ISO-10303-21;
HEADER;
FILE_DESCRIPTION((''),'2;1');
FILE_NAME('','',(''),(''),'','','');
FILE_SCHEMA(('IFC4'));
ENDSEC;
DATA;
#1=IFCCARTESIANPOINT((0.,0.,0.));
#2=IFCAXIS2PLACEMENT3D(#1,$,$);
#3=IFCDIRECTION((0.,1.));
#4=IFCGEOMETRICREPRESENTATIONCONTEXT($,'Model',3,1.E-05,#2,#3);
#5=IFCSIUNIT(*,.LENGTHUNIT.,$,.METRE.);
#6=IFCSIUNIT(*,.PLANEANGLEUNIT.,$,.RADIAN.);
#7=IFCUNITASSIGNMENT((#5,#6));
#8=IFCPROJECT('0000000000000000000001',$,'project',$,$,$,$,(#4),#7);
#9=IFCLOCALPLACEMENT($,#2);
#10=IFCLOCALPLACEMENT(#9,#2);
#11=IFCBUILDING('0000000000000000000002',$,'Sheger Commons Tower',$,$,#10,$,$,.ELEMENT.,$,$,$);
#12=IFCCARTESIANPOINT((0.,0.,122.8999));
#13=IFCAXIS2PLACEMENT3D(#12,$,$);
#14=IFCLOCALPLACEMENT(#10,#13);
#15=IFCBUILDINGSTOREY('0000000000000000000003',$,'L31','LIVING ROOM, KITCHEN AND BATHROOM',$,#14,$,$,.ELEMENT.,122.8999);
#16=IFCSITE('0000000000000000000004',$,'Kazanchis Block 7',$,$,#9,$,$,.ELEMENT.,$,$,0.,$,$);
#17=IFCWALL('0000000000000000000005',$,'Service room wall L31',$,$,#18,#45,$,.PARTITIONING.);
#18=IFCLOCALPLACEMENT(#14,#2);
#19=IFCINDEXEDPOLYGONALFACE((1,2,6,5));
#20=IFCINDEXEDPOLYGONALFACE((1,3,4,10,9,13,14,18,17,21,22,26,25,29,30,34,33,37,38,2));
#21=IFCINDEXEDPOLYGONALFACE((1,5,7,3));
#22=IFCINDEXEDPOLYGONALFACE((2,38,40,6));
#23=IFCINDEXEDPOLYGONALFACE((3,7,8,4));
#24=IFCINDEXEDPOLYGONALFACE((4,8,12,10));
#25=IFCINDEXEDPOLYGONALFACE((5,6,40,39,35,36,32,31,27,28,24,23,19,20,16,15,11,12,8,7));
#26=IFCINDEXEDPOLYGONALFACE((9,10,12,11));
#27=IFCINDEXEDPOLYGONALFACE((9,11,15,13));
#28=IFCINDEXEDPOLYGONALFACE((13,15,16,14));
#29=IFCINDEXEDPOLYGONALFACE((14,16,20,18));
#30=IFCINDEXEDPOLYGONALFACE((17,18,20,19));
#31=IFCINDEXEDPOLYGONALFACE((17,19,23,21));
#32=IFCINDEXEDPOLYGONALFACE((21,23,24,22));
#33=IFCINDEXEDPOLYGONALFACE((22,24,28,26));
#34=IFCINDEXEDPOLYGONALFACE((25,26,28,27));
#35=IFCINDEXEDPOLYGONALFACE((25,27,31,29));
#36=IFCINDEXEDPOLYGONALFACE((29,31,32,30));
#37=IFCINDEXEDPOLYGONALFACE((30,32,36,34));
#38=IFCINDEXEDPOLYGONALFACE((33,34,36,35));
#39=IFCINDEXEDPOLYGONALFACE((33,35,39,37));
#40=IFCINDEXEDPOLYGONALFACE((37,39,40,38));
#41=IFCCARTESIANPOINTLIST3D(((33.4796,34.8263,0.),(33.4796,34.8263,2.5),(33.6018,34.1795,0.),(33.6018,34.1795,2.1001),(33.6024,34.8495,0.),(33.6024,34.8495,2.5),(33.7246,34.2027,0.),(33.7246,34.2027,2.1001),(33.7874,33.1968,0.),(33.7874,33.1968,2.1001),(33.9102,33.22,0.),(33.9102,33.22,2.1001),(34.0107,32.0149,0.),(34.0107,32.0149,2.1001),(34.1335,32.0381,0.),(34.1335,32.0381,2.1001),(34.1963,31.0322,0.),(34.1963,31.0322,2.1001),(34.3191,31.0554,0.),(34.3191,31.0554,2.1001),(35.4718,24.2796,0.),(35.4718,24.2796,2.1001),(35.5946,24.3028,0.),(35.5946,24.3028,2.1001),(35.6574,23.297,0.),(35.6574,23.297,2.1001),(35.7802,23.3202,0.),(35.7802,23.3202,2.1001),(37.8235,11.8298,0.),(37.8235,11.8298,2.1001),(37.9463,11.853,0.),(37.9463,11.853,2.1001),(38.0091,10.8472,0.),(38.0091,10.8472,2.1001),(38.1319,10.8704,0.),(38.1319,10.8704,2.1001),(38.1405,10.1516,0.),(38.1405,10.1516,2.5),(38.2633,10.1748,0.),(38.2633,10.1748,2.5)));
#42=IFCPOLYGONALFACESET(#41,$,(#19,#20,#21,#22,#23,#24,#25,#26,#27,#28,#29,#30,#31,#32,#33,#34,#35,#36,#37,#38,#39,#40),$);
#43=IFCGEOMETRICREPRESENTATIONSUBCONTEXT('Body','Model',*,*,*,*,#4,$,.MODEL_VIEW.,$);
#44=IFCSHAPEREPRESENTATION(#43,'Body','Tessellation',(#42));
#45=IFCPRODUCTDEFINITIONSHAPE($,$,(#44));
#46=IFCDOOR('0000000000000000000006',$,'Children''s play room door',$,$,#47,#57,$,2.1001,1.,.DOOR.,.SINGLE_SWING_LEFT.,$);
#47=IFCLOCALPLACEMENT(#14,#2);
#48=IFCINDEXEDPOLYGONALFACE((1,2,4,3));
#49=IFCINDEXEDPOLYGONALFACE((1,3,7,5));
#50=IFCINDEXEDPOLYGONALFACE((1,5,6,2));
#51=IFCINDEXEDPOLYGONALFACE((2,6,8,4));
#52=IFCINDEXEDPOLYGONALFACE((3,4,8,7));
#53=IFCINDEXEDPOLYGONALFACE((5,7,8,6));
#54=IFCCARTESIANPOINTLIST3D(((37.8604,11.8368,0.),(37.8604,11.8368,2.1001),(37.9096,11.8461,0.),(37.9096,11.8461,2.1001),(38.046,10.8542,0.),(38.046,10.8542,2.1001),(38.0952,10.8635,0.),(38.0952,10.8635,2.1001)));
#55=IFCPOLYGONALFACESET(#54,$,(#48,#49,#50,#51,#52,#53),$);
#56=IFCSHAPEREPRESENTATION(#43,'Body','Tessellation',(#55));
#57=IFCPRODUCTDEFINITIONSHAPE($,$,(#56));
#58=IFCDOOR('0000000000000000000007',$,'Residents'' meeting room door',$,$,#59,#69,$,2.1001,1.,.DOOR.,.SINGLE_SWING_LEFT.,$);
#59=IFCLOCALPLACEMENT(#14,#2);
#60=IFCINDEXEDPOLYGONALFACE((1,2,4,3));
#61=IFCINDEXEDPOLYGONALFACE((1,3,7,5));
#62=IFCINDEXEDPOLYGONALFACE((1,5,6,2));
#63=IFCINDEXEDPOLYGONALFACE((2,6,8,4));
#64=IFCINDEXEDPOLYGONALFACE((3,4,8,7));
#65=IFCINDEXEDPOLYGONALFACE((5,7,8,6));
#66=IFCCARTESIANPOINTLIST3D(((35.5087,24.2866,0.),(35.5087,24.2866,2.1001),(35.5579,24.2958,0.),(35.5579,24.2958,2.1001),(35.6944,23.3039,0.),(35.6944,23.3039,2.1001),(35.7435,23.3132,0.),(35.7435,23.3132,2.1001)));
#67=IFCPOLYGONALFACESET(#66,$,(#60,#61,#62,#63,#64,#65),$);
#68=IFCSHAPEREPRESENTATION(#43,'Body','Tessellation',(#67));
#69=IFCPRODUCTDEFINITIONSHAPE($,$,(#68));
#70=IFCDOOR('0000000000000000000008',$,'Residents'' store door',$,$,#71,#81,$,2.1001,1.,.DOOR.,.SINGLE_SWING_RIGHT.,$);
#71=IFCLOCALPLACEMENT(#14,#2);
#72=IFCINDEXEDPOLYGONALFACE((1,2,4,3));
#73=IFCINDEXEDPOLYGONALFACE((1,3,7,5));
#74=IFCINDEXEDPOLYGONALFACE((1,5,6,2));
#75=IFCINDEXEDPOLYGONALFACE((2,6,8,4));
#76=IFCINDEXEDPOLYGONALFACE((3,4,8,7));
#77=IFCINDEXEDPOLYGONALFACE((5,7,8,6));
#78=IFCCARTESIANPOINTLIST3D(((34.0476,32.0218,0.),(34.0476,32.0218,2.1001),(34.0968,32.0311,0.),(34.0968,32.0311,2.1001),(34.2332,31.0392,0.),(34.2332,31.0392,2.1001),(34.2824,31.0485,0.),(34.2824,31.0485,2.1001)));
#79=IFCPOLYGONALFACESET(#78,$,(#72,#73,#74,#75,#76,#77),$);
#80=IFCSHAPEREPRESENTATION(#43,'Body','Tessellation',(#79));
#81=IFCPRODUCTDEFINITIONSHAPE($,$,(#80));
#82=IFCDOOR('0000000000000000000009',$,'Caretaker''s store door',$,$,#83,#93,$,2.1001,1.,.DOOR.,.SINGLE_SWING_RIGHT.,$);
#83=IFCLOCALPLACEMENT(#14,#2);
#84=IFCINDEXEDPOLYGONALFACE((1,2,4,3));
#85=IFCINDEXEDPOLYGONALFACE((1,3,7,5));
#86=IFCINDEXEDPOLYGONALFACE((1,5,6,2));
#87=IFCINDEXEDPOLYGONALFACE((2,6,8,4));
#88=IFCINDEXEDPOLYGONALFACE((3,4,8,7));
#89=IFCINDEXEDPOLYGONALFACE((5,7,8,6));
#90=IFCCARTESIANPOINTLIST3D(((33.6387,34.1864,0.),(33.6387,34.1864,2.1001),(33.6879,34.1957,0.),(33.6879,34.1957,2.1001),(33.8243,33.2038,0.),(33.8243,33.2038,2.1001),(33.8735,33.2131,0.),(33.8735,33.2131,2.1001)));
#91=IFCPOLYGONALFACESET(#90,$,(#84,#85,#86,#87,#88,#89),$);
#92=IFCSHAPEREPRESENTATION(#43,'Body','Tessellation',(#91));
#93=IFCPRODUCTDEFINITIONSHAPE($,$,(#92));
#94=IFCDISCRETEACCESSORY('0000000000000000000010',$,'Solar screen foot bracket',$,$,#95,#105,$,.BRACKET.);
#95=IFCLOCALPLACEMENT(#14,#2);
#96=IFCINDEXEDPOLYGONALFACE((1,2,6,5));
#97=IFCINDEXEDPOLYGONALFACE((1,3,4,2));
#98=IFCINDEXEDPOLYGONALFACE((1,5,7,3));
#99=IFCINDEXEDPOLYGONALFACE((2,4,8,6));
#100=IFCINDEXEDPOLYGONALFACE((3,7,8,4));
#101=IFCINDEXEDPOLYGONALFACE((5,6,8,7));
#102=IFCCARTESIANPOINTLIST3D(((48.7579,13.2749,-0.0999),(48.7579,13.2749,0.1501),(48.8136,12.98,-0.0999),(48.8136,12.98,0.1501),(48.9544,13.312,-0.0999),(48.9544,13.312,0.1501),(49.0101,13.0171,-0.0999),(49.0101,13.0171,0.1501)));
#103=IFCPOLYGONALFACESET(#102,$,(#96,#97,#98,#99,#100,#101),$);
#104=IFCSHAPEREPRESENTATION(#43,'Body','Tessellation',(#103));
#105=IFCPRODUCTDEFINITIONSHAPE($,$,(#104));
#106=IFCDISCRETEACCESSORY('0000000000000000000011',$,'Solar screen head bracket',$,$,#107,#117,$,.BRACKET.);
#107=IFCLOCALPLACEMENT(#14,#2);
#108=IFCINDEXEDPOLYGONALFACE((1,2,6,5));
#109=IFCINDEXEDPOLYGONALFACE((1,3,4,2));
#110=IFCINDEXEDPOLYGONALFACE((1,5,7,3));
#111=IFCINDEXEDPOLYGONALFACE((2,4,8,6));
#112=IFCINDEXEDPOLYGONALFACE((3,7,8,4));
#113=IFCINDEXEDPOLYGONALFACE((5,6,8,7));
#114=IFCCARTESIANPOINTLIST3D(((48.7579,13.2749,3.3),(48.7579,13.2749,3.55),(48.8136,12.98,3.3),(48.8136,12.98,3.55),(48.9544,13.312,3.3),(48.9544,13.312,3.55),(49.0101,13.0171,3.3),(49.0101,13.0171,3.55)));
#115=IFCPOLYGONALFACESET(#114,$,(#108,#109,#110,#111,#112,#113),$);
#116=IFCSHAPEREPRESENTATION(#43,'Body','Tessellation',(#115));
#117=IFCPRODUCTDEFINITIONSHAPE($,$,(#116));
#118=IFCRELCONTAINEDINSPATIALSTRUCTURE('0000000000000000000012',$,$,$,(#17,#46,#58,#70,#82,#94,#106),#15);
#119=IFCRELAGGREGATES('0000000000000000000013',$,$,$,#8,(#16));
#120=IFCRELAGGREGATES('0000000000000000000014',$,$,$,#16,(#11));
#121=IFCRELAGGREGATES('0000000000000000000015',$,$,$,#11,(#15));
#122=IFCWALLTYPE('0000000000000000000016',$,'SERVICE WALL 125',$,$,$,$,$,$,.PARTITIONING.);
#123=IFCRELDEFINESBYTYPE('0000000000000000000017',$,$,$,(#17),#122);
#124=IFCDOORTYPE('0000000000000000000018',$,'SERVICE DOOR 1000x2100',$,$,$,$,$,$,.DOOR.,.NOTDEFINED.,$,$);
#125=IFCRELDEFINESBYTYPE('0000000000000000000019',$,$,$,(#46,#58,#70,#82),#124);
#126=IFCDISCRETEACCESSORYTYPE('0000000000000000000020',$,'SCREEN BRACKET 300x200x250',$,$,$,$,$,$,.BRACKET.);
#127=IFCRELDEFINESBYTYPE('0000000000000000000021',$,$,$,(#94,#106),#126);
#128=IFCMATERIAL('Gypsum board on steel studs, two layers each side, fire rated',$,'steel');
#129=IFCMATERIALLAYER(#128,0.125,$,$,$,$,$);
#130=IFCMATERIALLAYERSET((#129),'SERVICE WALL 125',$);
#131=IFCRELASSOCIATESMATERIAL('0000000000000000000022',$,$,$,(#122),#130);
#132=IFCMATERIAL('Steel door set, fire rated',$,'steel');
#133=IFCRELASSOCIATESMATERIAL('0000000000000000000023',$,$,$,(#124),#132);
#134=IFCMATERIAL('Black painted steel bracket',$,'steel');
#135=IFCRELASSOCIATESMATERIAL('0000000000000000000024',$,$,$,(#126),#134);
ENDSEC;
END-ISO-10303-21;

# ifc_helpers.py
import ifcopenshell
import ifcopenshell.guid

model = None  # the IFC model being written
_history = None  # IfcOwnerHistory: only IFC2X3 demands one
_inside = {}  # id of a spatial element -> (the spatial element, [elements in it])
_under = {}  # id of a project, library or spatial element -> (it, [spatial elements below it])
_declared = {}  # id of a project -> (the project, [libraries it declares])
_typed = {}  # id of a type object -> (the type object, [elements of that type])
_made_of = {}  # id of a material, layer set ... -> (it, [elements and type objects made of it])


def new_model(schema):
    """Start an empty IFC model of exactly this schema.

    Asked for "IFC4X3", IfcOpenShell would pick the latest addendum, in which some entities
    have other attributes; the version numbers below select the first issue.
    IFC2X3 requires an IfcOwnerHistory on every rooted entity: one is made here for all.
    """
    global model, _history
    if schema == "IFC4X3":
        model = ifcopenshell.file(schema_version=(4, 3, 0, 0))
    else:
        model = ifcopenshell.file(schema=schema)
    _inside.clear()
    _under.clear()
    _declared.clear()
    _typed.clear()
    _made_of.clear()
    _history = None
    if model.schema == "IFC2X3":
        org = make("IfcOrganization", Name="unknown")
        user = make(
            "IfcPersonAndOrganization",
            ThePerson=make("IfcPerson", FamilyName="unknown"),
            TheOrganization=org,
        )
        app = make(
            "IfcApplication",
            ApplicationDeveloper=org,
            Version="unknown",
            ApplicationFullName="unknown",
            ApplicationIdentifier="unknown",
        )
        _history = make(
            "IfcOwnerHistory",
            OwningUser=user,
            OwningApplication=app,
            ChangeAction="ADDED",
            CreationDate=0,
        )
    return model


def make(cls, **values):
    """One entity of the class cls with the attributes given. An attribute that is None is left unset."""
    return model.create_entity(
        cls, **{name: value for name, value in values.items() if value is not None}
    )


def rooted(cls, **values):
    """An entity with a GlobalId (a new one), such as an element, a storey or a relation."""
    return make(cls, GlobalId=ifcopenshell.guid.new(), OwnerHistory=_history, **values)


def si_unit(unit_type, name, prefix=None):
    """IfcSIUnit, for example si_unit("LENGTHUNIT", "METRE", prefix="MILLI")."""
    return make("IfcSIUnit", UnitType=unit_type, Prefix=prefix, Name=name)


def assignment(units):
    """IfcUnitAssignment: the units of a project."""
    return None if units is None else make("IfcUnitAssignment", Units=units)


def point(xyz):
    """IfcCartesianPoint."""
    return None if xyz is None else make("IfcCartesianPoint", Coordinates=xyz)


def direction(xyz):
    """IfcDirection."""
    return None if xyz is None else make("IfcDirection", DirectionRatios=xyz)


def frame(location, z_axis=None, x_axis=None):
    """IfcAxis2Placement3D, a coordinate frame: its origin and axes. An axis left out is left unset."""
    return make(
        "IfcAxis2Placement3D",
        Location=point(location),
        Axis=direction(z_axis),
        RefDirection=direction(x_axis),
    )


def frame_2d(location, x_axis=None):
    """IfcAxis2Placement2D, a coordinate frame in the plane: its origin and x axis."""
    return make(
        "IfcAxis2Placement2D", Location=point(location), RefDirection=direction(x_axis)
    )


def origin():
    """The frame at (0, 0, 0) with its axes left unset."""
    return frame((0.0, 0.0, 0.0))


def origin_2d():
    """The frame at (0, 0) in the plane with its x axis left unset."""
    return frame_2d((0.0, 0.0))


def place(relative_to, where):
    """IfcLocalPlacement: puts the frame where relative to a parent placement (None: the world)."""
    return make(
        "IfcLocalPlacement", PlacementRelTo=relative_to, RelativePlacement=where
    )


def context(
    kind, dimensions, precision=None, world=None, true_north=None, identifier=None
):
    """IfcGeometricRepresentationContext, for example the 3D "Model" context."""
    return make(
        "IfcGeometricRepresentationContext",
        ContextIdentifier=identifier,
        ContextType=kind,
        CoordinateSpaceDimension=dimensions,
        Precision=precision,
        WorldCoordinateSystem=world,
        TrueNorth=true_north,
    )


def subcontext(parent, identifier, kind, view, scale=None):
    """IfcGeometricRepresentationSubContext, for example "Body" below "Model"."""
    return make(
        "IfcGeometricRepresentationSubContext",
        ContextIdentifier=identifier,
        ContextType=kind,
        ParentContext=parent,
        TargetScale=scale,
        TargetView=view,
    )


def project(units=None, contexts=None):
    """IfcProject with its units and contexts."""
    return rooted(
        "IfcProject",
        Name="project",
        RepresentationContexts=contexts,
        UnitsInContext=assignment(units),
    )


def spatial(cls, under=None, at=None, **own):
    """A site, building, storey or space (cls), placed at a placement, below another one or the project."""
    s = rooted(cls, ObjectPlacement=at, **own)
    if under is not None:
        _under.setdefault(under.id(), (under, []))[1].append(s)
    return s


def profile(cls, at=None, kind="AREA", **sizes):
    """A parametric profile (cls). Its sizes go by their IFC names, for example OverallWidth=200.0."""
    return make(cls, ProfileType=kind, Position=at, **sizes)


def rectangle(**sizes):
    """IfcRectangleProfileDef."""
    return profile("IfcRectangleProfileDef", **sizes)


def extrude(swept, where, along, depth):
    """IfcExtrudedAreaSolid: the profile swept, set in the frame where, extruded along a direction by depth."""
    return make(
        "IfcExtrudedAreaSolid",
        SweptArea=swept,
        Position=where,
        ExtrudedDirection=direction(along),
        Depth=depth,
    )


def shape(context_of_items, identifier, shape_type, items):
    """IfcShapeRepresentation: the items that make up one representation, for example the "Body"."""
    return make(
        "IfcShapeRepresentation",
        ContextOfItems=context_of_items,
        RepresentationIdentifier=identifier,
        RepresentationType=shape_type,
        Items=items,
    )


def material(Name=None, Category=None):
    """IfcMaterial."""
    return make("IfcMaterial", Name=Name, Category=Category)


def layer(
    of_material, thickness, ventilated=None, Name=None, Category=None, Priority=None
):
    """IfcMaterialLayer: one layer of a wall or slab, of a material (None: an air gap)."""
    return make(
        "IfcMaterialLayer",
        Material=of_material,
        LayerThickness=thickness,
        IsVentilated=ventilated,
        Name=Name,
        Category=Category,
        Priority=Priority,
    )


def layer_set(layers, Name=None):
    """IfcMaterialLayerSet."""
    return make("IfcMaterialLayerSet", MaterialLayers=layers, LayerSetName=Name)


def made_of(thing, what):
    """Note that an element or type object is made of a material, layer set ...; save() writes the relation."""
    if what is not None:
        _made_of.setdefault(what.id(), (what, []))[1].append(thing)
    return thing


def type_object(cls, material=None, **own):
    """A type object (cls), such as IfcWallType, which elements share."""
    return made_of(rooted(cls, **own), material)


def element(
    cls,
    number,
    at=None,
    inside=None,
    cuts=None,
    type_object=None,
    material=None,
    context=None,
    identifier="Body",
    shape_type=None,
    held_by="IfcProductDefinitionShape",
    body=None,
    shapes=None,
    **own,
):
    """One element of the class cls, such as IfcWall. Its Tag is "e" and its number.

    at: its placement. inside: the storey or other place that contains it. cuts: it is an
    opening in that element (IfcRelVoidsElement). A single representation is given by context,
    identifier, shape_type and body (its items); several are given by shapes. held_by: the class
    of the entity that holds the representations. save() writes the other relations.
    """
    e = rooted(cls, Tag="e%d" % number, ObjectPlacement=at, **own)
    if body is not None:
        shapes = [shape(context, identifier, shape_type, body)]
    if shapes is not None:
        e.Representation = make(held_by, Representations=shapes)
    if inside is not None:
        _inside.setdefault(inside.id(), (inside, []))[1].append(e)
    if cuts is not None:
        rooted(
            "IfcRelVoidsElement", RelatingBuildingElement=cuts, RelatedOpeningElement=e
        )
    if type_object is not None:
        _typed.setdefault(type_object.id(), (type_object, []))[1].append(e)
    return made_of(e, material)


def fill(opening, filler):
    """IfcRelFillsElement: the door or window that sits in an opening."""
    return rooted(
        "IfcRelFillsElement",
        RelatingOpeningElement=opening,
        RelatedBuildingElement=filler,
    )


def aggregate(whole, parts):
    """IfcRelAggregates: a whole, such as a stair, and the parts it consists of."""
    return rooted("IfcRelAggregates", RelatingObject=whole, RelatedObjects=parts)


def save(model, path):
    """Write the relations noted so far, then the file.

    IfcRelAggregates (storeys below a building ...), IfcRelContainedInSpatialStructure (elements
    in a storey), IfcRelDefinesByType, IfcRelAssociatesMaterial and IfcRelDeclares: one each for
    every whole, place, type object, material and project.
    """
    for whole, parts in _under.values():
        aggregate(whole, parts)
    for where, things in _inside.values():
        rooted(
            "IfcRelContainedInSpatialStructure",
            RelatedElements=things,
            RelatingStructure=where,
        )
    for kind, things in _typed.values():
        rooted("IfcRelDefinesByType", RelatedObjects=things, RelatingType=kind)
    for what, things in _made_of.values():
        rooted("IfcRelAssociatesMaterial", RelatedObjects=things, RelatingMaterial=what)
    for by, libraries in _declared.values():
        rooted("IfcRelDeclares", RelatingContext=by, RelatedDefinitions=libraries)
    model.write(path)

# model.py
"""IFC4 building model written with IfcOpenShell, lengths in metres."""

from ifc_helpers import new_model, si_unit, direction, frame, frame_2d, origin, origin_2d, place, context, subcontext, project, spatial, rectangle, extrude, material, layer, layer_set, type_object, element, fill, save


model = new_model("IFC4")

# Units and contexts
model_context = context("Model", 3, precision=1e-05, world=origin(), true_north=direction((0.0, 1.0)))
body_context = subcontext(model_context, "Body", "Model", "MODEL_VIEW")
ifc_project = project(units=[si_unit("LENGTHUNIT", "METRE"), si_unit("PLANEANGLEUNIT", "RADIAN")], contexts=[model_context])

# Site, building, storey
site_placement = place(None, origin())
site = spatial("IfcSite", under=ifc_project, at=site_placement, Name="Kazanchis Block 7", CompositionType="ELEMENT", RefElevation=0.0)
building_placement = place(site_placement, origin())
building = spatial("IfcBuilding", under=site, at=building_placement, Name="Sheger Commons Tower", CompositionType="ELEMENT")
storey_placement = place(building_placement, frame((0.0, 0.0, 122.8999)))
storey = spatial("IfcBuildingStorey", under=building, at=storey_placement, Name="L31", Description="LIVING ROOM, KITCHEN AND BATHROOM", CompositionType="ELEMENT", Elevation=122.8999)

# Wall, openings, doors
ifc_material_1 = material(Name="Gypsum board on steel studs, two layers each side, fire rated", Category="steel")
ifc_layer_1 = layer(ifc_material_1, 0.125)
ifc_layer_set_1 = layer_set([ifc_layer_1], Name="SERVICE WALL 125")
wall_type_1 = type_object("IfcWallType", Name="SERVICE WALL 125", PredefinedType="PARTITIONING", material=ifc_layer_set_1)
wall_1_placement = place(storey_placement, frame((38.2019, 10.1631, 0.0), z_axis=(0.0, 0.0, 1.0), x_axis=(-0.18561, 0.982623, 0.0)))
wall_1 = element("IfcWall", 1, at=wall_1_placement, inside=storey, type_object=wall_type_1, Name="Service room wall L31", PredefinedType="PARTITIONING", context=body_context, shape_type="SweptSolid", body=[
    extrude(rectangle(XDim=25.1111, YDim=0.125, at=frame_2d((12.5557, 0.0))), origin(), (0.0, 0.0, 1.0), 2.5),
])
opening_1_placement = place(wall_1_placement, frame((0.708, 0.0, 0.0)))
opening_1 = element("IfcOpeningElement", 2, at=opening_1_placement, cuts=wall_1, PredefinedType="OPENING", context=body_context, shape_type="SweptSolid", body=[
    extrude(rectangle(XDim=1.0, YDim=2.1001, at=frame_2d((0.5, 1.05))), frame((0.0, 0.0725, 0.0), z_axis=(0.0, -1.0, 0.0), x_axis=(1.0, 0.0, 0.0)), (0.0, 0.0, 1.0), 0.145),
])
opening_2_placement = place(wall_1_placement, frame((13.3779, 0.0, 0.0)))
opening_2 = element("IfcOpeningElement", 3, at=opening_2_placement, cuts=wall_1, PredefinedType="OPENING", context=body_context, shape_type="SweptSolid", body=[
    extrude(rectangle(XDim=1.0, YDim=2.1001, at=frame_2d((0.5, 1.05))), frame((0.0, 0.0725, 0.0), z_axis=(0.0, -1.0, 0.0), x_axis=(1.0, 0.0, 0.0)), (0.0, 0.0, 1.0), 0.145),
])
opening_3_placement = place(wall_1_placement, frame((21.25, 0.0, 0.0)))
opening_3 = element("IfcOpeningElement", 4, at=opening_3_placement, cuts=wall_1, PredefinedType="OPENING", context=body_context, shape_type="SweptSolid", body=[
    extrude(rectangle(XDim=1.0, YDim=2.1001, at=frame_2d((0.5, 1.05))), frame((0.0, 0.0725, 0.0), z_axis=(0.0, -1.0, 0.0), x_axis=(1.0, 0.0, 0.0)), (0.0, 0.0, 1.0), 0.145),
])
opening_4_placement = place(wall_1_placement, frame((23.4529, 0.0, 0.0)))
opening_4 = element("IfcOpeningElement", 5, at=opening_4_placement, cuts=wall_1, PredefinedType="OPENING", context=body_context, shape_type="SweptSolid", body=[
    extrude(rectangle(XDim=1.0, YDim=2.1001, at=frame_2d((0.5, 1.05))), frame((0.0, 0.0725, 0.0), z_axis=(0.0, -1.0, 0.0), x_axis=(1.0, 0.0, 0.0)), (0.0, 0.0, 1.0), 0.145),
])
ifc_material_2 = material(Name="Steel door set, fire rated", Category="steel")
door_type_1 = type_object("IfcDoorType", Name="SERVICE DOOR 1000x2100", OperationType="NOTDEFINED", PredefinedType="DOOR", material=ifc_material_2)
door_1_placement = place(opening_1_placement, origin())
door_1 = element("IfcDoor", 6, at=door_1_placement, inside=storey, type_object=door_type_1, Name="Children's play room door", OperationType="SINGLE_SWING_LEFT", OverallHeight=2.1001, OverallWidth=1.0, PredefinedType="DOOR", context=body_context, shape_type="SweptSolid", body=[
    extrude(rectangle(XDim=1.0, YDim=2.1001, at=frame_2d((0.5, 1.05))), frame((0.0, 0.0249, 0.0), z_axis=(0.0, -1.0, 0.0), x_axis=(1.0, 0.0, 0.0)), (0.0, 0.0, 1.0), 0.05),
])
fill(opening_1, door_1)
door_2_placement = place(opening_2_placement, origin())
door_2 = element("IfcDoor", 7, at=door_2_placement, inside=storey, type_object=door_type_1, Name="Residents' meeting room door", OperationType="SINGLE_SWING_LEFT", OverallHeight=2.1001, OverallWidth=1.0, PredefinedType="DOOR", context=body_context, shape_type="SweptSolid", body=[
    extrude(rectangle(XDim=1.0, YDim=2.1001, at=frame_2d((0.5, 1.05))), frame((0.0, 0.0249, 0.0), z_axis=(0.0, -1.0, 0.0), x_axis=(1.0, 0.0, 0.0)), (0.0, 0.0, 1.0), 0.05),
])
fill(opening_2, door_2)
door_3_placement = place(opening_3_placement, origin())
door_3 = element("IfcDoor", 8, at=door_3_placement, inside=storey, type_object=door_type_1, Name="Residents' store door", OperationType="SINGLE_SWING_RIGHT", OverallHeight=2.1001, OverallWidth=1.0, PredefinedType="DOOR", context=body_context, shape_type="SweptSolid", body=[
    extrude(rectangle(XDim=1.0, YDim=2.1001, at=frame_2d((0.5, 1.05))), frame((0.0, 0.0249, 0.0), z_axis=(0.0, -1.0, 0.0), x_axis=(1.0, 0.0, 0.0)), (0.0, 0.0, 1.0), 0.05),
])
fill(opening_3, door_3)
door_4_placement = place(opening_4_placement, origin())
door_4 = element("IfcDoor", 9, at=door_4_placement, inside=storey, type_object=door_type_1, Name="Caretaker's store door", OperationType="SINGLE_SWING_RIGHT", OverallHeight=2.1001, OverallWidth=1.0, PredefinedType="DOOR", context=body_context, shape_type="SweptSolid", body=[
    extrude(rectangle(XDim=1.0, YDim=2.1001, at=frame_2d((0.5, 1.05))), frame((0.0, 0.0249, 0.0), z_axis=(0.0, -1.0, 0.0), x_axis=(1.0, 0.0, 0.0)), (0.0, 0.0, 1.0), 0.05),
])
fill(opening_4, door_4)

# Discrete accessories
ifc_material_3 = material(Name="Black painted steel bracket", Category="steel")
discrete_accessory_type = type_object("IfcDiscreteAccessoryType", Name="SCREEN BRACKET 300x200x250", PredefinedType="BRACKET", material=ifc_material_3)
for number, where, z_axis, x_axis, name in (
    (10, (48.884, 13.146, -0.0999), (0.0, 0.0, 1.0), (-0.185615, 0.982623, 0.0), "Solar screen foot bracket"),
    (11, (48.884, 13.146, 3.3), (0.0, 0.0, 1.0), (-0.185615, 0.982623, 0.0), "Solar screen head bracket"),
):
    element("IfcDiscreteAccessory", number, at=place(storey_placement, frame(where, z_axis=z_axis, x_axis=x_axis)), inside=storey, type_object=discrete_accessory_type, Name=name, PredefinedType="BRACKET", context=body_context, shape_type="SweptSolid", body=[
        extrude(rectangle(XDim=0.3, YDim=0.2, at=origin_2d()), origin(), (0.0, 0.0, 1.0), 0.25),
    ])

save(model, "model.ifc")
